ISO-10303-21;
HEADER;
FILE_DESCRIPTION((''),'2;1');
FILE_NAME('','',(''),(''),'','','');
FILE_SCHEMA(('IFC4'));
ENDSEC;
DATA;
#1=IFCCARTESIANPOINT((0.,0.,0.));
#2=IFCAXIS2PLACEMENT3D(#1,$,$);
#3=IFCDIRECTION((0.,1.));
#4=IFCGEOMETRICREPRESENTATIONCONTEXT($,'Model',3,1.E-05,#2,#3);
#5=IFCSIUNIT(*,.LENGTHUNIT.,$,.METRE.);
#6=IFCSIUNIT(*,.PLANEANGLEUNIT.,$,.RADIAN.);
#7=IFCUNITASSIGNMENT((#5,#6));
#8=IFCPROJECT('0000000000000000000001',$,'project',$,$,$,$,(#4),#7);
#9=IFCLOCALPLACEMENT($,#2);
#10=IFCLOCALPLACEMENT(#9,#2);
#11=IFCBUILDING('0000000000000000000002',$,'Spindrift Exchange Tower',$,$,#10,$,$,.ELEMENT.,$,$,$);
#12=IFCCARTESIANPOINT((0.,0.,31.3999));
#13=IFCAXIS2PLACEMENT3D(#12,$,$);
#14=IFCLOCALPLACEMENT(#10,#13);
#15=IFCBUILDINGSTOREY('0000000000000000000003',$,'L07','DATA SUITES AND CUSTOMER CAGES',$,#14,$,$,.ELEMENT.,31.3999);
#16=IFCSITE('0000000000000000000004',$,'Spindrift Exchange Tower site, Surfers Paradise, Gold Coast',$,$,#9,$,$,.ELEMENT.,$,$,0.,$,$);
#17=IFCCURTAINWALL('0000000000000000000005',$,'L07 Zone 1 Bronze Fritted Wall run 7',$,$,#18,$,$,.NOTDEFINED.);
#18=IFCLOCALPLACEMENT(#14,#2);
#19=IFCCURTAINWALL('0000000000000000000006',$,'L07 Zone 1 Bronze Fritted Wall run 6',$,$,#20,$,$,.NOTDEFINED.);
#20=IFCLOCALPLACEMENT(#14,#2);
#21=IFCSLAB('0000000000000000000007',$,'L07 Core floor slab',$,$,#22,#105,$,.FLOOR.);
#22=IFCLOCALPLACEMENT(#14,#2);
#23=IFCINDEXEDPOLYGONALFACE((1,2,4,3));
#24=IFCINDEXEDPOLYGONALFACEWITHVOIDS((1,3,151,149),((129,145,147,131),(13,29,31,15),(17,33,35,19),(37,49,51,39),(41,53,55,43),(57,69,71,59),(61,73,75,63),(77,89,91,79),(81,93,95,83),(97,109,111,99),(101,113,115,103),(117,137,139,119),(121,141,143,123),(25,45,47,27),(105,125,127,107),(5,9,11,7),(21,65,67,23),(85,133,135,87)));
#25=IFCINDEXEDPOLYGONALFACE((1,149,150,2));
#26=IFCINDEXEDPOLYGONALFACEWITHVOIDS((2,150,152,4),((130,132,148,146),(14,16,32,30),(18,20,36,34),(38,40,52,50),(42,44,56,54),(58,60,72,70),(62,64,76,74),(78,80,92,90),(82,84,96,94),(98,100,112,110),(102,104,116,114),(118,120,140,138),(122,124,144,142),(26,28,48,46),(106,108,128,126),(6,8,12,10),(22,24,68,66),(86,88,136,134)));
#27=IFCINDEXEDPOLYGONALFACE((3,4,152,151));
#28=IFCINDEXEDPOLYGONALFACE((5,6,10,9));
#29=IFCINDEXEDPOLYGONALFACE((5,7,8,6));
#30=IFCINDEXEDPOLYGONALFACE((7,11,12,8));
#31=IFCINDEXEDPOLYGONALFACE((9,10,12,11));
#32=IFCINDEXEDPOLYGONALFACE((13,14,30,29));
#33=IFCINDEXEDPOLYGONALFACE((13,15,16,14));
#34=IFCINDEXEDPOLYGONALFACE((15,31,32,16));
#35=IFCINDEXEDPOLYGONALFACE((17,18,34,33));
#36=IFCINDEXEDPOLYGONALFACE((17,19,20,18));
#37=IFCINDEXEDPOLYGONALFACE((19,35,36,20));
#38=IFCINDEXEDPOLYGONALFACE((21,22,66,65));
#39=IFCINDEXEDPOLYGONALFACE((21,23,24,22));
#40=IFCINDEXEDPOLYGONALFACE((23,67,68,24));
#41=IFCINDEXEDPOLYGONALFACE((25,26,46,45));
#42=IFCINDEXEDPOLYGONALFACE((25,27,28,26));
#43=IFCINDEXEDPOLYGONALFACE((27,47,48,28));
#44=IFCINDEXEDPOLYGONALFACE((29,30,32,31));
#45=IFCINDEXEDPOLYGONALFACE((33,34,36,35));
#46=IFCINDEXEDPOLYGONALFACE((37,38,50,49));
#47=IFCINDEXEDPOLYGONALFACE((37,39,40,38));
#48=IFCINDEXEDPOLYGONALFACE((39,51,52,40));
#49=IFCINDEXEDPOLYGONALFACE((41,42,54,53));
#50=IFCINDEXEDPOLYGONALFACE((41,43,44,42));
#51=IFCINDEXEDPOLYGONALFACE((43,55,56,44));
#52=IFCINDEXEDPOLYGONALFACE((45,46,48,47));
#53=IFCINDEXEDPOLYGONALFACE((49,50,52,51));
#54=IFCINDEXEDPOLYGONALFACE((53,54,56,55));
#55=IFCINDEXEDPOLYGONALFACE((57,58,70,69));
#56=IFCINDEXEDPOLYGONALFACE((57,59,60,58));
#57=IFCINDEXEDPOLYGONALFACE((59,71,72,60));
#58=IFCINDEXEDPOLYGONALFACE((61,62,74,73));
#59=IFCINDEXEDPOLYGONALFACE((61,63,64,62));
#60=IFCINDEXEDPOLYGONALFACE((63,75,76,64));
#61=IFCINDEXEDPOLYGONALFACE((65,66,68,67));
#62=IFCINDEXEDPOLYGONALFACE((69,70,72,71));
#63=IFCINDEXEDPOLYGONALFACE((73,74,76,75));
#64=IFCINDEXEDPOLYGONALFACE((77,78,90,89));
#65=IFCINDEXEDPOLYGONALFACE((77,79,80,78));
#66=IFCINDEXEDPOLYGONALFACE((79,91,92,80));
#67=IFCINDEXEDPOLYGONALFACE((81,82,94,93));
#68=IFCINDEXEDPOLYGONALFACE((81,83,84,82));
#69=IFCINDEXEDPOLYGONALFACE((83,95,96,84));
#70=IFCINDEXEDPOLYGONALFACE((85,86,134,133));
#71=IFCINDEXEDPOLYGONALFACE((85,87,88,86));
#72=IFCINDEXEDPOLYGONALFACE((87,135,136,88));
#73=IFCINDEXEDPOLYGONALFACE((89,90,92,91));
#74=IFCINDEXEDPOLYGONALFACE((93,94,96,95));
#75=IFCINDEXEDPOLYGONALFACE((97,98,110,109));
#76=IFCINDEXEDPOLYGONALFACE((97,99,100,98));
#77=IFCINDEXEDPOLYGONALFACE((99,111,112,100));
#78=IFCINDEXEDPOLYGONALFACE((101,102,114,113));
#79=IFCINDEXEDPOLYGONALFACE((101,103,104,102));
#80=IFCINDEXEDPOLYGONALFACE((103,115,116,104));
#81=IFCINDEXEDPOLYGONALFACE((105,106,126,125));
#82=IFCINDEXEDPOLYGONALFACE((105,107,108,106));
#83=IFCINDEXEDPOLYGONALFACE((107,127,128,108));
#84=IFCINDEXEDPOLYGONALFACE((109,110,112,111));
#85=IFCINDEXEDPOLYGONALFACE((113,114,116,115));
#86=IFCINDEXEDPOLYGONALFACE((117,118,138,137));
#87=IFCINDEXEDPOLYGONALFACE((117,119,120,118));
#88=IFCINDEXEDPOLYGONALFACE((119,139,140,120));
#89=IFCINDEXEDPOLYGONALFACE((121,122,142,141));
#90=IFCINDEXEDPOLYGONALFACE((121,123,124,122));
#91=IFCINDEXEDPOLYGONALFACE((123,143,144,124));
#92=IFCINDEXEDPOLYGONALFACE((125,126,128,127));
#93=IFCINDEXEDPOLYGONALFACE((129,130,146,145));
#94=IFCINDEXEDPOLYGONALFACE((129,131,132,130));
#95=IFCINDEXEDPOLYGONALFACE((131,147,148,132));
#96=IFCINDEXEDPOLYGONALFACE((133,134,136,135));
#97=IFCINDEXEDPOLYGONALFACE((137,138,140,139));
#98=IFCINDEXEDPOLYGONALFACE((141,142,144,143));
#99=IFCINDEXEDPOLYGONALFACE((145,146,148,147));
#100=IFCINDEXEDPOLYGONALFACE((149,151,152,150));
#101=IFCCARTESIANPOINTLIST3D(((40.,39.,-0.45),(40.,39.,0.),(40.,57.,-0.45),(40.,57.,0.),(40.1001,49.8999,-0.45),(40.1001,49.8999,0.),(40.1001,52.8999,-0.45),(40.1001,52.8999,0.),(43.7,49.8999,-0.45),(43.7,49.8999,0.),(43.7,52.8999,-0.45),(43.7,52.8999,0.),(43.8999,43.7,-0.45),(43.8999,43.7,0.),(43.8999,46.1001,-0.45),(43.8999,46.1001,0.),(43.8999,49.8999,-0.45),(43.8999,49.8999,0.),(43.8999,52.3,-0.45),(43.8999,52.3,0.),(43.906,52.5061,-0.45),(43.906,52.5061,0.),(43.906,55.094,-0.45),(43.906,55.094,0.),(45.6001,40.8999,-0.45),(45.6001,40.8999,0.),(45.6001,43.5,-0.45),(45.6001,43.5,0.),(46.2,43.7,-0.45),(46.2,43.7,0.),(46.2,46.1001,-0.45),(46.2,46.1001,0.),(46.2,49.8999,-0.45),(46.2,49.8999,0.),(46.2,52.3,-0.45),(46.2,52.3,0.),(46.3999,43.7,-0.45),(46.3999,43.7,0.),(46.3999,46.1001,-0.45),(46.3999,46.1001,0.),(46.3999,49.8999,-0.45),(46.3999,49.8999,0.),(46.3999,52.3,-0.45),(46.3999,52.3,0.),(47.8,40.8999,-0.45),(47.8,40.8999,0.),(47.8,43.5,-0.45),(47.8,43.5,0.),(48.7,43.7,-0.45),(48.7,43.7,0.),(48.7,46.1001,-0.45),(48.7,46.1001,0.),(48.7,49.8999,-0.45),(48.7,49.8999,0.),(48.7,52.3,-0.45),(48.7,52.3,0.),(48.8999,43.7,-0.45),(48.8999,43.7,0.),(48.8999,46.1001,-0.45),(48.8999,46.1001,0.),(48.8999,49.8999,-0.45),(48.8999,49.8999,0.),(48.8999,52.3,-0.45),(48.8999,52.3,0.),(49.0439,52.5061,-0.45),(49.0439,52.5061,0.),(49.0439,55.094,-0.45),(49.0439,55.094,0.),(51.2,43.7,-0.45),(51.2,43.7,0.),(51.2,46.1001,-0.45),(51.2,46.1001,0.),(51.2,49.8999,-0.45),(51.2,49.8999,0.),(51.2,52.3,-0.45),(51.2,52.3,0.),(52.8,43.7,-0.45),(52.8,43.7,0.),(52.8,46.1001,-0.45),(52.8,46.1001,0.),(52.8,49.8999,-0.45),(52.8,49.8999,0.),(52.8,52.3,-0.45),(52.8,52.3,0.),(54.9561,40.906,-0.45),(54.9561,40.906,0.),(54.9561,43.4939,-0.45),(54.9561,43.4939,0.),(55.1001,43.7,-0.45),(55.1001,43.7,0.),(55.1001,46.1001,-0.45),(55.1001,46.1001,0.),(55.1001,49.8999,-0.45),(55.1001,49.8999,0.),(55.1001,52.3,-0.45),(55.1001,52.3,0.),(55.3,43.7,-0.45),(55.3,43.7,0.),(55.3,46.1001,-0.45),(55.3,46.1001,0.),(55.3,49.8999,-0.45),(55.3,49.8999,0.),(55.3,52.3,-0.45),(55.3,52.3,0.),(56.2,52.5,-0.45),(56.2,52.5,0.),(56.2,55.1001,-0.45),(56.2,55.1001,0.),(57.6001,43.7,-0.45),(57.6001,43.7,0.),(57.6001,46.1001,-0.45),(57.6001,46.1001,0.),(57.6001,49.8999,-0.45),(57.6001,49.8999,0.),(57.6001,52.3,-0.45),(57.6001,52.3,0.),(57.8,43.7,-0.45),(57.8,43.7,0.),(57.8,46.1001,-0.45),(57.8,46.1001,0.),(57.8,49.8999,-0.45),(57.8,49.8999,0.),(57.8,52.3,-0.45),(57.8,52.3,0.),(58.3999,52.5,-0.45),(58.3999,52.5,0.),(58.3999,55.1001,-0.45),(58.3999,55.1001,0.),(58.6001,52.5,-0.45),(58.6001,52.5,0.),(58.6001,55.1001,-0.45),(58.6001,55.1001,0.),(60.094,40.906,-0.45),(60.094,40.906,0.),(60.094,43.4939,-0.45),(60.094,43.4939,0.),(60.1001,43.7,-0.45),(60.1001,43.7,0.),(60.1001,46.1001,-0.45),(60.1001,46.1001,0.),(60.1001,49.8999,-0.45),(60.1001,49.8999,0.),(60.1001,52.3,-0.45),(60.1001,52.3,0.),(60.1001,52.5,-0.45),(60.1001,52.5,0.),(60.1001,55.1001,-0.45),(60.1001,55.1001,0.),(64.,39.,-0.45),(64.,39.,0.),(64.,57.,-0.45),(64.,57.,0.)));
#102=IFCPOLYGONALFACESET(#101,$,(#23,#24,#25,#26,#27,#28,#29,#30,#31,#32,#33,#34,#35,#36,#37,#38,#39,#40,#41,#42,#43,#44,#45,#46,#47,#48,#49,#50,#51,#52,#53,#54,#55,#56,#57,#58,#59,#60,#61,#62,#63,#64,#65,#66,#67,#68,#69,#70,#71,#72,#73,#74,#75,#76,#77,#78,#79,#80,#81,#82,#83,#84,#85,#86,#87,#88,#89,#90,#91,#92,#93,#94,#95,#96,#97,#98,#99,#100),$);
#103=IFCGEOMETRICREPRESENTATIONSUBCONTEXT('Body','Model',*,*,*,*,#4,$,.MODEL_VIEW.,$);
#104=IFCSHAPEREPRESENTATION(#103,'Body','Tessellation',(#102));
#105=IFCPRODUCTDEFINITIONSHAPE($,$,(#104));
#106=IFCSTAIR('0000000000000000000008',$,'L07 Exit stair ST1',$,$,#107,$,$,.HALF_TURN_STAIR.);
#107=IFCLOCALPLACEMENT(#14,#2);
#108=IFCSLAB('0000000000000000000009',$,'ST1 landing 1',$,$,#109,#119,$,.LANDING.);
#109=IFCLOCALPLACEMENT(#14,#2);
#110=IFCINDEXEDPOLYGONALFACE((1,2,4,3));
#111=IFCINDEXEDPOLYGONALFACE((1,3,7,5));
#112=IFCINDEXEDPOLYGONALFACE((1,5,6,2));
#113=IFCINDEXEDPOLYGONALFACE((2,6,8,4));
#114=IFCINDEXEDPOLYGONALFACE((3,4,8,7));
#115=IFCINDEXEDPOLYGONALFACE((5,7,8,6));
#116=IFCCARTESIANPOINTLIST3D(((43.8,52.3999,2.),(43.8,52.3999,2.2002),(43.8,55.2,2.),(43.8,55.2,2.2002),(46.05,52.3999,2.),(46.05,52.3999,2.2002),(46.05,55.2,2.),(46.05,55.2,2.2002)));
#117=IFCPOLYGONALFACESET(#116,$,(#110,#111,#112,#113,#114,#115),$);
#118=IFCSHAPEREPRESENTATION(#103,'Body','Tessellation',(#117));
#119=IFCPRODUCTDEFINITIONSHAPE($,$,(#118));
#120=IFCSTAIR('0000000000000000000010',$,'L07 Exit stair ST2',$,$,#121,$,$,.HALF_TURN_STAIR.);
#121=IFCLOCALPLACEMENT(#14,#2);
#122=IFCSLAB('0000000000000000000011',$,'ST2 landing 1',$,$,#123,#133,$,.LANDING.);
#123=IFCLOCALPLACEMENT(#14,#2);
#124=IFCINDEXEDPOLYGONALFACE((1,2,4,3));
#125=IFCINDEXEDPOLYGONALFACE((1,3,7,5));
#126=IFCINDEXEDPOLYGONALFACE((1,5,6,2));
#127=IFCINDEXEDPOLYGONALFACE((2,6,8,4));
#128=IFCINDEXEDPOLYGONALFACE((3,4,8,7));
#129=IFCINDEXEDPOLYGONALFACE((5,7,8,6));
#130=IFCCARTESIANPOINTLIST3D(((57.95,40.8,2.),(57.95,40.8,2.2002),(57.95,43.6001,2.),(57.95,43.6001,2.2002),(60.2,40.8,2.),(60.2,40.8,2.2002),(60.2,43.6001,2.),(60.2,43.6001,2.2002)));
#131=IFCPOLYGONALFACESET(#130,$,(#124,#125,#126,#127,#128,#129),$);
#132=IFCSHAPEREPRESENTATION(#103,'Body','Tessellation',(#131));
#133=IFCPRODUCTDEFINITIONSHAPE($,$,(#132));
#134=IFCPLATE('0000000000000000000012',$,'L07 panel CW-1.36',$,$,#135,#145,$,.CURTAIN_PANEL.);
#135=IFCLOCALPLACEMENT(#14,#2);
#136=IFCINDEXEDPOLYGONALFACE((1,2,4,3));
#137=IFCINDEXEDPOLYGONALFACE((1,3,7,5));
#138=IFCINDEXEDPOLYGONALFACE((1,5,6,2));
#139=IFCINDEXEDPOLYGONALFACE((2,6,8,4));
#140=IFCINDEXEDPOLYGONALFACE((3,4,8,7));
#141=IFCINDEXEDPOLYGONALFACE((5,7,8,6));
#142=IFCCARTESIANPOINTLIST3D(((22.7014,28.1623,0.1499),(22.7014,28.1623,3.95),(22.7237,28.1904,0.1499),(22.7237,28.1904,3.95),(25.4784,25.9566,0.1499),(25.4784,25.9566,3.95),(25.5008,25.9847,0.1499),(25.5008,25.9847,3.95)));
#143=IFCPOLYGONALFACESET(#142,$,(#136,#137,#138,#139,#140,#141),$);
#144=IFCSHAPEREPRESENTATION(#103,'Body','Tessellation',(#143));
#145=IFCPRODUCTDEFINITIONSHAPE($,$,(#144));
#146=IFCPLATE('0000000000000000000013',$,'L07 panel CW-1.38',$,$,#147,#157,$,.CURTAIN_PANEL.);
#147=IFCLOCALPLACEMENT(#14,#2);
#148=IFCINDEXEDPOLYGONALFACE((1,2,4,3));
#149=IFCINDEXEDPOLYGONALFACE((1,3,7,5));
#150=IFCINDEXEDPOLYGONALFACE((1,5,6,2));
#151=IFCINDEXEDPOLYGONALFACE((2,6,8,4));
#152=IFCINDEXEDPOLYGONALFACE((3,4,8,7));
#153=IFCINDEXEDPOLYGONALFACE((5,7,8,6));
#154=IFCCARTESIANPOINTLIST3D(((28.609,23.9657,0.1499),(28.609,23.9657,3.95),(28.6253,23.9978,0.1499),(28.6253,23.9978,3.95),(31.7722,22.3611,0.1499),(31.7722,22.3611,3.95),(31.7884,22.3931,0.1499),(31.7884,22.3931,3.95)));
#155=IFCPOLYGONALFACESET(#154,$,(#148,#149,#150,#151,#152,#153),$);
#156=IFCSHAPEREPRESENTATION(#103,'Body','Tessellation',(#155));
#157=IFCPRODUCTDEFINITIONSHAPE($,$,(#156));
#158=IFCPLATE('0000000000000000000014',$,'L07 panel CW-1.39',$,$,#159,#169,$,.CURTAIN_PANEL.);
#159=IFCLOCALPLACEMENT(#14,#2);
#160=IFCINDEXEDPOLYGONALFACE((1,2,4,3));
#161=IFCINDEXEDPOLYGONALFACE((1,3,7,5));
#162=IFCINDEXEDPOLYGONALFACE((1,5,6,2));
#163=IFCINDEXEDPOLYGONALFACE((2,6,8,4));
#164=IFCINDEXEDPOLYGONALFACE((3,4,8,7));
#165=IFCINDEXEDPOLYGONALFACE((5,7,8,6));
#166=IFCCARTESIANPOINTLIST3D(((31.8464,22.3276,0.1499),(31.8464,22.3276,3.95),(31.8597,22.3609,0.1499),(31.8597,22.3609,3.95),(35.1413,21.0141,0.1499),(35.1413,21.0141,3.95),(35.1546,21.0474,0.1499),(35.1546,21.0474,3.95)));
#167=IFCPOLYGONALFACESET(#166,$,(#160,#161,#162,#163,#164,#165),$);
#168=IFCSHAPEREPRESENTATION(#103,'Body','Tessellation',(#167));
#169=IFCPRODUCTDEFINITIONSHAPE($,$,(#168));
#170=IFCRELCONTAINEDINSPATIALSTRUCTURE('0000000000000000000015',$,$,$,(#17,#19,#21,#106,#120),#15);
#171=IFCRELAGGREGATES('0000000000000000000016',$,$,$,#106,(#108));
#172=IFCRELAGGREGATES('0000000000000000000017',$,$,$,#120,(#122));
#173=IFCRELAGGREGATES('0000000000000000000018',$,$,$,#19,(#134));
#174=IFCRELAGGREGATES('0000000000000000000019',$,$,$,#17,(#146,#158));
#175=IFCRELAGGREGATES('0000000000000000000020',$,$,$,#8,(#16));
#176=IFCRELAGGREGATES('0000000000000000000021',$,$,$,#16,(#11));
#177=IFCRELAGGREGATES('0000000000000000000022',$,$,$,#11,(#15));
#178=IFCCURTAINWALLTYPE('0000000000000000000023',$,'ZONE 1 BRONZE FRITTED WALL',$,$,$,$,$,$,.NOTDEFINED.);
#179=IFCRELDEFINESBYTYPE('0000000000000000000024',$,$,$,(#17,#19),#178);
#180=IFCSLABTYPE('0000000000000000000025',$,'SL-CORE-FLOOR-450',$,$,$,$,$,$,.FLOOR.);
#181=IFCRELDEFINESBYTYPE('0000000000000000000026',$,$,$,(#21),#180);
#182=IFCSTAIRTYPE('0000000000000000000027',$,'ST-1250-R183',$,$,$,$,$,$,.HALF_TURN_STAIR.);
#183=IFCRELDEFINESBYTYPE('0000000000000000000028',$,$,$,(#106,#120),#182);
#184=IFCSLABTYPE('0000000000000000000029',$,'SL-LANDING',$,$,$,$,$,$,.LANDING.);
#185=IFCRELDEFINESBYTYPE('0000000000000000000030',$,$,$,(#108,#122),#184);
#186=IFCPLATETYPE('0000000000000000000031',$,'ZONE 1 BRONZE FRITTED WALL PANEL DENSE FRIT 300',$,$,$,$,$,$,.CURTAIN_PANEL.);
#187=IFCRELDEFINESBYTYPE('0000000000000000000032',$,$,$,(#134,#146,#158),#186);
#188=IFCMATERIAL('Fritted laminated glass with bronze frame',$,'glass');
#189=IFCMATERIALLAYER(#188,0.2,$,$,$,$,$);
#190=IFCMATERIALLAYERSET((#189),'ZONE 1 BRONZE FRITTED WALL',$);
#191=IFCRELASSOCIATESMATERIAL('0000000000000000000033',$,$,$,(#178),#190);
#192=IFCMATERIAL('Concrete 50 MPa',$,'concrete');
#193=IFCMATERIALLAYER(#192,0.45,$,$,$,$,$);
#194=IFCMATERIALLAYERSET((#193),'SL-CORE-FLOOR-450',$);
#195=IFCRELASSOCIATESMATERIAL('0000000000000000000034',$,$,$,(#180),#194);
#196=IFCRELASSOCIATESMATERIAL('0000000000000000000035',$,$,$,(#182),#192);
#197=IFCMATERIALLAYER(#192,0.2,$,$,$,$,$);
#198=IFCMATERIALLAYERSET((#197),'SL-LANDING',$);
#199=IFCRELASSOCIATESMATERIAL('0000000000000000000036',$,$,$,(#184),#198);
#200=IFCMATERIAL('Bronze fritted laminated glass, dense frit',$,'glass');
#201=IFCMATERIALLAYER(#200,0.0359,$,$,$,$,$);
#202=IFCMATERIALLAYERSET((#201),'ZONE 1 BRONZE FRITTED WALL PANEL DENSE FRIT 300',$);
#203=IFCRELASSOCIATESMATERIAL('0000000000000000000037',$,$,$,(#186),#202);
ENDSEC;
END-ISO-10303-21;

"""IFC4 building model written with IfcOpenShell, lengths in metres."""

from ifc_helpers import new_model, si_unit, direction, frame, origin, origin_2d, place, context, subcontext, project, spatial, line, indexed_curve, rectangle, outline, extrude, source, transform, mapped, material, layer, layer_set, type_object, element, aggregate, save


model = new_model("IFC4")

# Units and contexts
model_context = context("Model", 3, precision=1e-05, world=origin(), true_north=direction((0.0, 1.0)))
body_context = subcontext(model_context, "Body", "Model", "MODEL_VIEW")
ifc_project = project(units=[si_unit("LENGTHUNIT", "METRE"), si_unit("PLANEANGLEUNIT", "RADIAN")], contexts=[model_context])

# Site, building, storey
site_placement = place(None, origin())
site = spatial("IfcSite", under=ifc_project, at=site_placement, Name="Spindrift Exchange Tower site, Surfers Paradise, Gold Coast", CompositionType="ELEMENT", RefElevation=0.0)
building_placement = place(site_placement, origin())
building = spatial("IfcBuilding", under=site, at=building_placement, Name="Spindrift Exchange Tower", CompositionType="ELEMENT")
storey_placement = place(building_placement, frame((0.0, 0.0, 31.3999)))
storey = spatial("IfcBuildingStorey", under=building, at=storey_placement, Name="L07", Description="DATA SUITES AND CUSTOMER CAGES", CompositionType="ELEMENT", Elevation=31.3999)

# Curtain wall
ifc_material_1 = material(Name="Fritted laminated glass with bronze frame", Category="glass")
ifc_layer_1 = layer(ifc_material_1, 0.2)
ifc_layer_set_1 = layer_set([ifc_layer_1], Name="ZONE 1 BRONZE FRITTED WALL")
curtain_wall_type = type_object("IfcCurtainWallType", Name="ZONE 1 BRONZE FRITTED WALL", PredefinedType="NOTDEFINED", material=ifc_layer_set_1)
curtain_wall_1_placement = place(storey_placement, origin())
curtain_wall_1 = element("IfcCurtainWall", 1, at=curtain_wall_1_placement, inside=storey, type_object=curtain_wall_type, Name="L07 Zone 1 Bronze Fritted Wall run 7", PredefinedType="NOTDEFINED")

# Curtain wall
curtain_wall_2_placement = place(storey_placement, origin())
curtain_wall_2 = element("IfcCurtainWall", 2, at=curtain_wall_2_placement, inside=storey, type_object=curtain_wall_type, Name="L07 Zone 1 Bronze Fritted Wall run 6", PredefinedType="NOTDEFINED")

# Slab
ifc_material_2 = material(Name="Concrete 50 MPa", Category="concrete")
ifc_layer_2 = layer(ifc_material_2, 0.45)
ifc_layer_set_2 = layer_set([ifc_layer_2], Name="SL-CORE-FLOOR-450")
slab_type_1 = type_object("IfcSlabType", Name="SL-CORE-FLOOR-450", PredefinedType="FLOOR", material=ifc_layer_set_2)
slab_1_placement = place(storey_placement, frame((0.0, 0.0, -0.45)))
element("IfcSlab", 3, at=slab_1_placement, inside=storey, type_object=slab_type_1, Name="L07 Core floor slab", PredefinedType="FLOOR", context=body_context, shape_type="SweptSolid", body=[
    extrude(outline(indexed_curve([(40.0, 39.0), (40.0, 57.0), (64.0, 57.0), (64.0, 39.0)], segments=[line(1, 2, 3, 4, 1)], self_intersect=False), holes=[indexed_curve([(47.8, 43.5), (45.6001, 43.5), (45.6001, 40.8999), (47.8, 40.8999)], segments=[line(1, 2, 3, 4, 1)], self_intersect=False), indexed_curve([(46.2, 46.1001), (43.8999, 46.1001), (43.8999, 43.7), (46.2, 43.7)], segments=[line(1, 2, 3, 4, 1)], self_intersect=False), indexed_curve([(48.7, 46.1001), (46.3999, 46.1001), (46.3999, 43.7), (48.7, 43.7)], segments=[line(1, 2, 3, 4, 1)], self_intersect=False), indexed_curve([(51.2, 46.1001), (48.8999, 46.1001), (48.8999, 43.7), (51.2, 43.7)], segments=[line(1, 2, 3, 4, 1)], self_intersect=False), indexed_curve([(46.2, 52.3), (43.8999, 52.3), (43.8999, 49.8999), (46.2, 49.8999)], segments=[line(1, 2, 3, 4, 1)], self_intersect=False), indexed_curve([(48.7, 52.3), (46.3999, 52.3), (46.3999, 49.8999), (48.7, 49.8999)], segments=[line(1, 2, 3, 4, 1)], self_intersect=False), indexed_curve([(51.2, 52.3), (48.8999, 52.3), (48.8999, 49.8999), (51.2, 49.8999)], segments=[line(1, 2, 3, 4, 1)], self_intersect=False), indexed_curve([(43.7, 49.8999), (43.7, 52.8999), (40.1001, 52.8999), (40.1001, 49.8999)], segments=[line(1, 2, 3, 4, 1)], self_intersect=False), indexed_curve([(49.0439, 55.094), (43.906, 55.094), (43.906, 52.5061), (49.0439, 52.5061)], segments=[line(1, 2, 3, 4, 1)], self_intersect=False), indexed_curve([(60.094, 40.906), (60.094, 43.4939), (54.9561, 43.4939), (54.9561, 40.906)], segments=[line(1, 2, 3, 4, 1)], self_intersect=False), indexed_curve([(55.1001, 46.1001), (52.8, 46.1001), (52.8, 43.7), (55.1001, 43.7)], segments=[line(1, 2, 3, 4, 1)], self_intersect=False), indexed_curve([(57.6001, 46.1001), (55.3, 46.1001), (55.3, 43.7), (57.6001, 43.7)], segments=[line(1, 2, 3, 4, 1)], self_intersect=False), indexed_curve([(60.1001, 46.1001), (57.8, 46.1001), (57.8, 43.7), (60.1001, 43.7)], segments=[line(1, 2, 3, 4, 1)], self_intersect=False), indexed_curve([(55.1001, 52.3), (52.8, 52.3), (52.8, 49.8999), (55.1001, 49.8999)], segments=[line(1, 2, 3, 4, 1)], self_intersect=False), indexed_curve([(57.6001, 52.3), (55.3, 52.3), (55.3, 49.8999), (57.6001, 49.8999)], segments=[line(1, 2, 3, 4, 1)], self_intersect=False), indexed_curve([(60.1001, 52.3), (57.8, 52.3), (57.8, 49.8999), (60.1001, 49.8999)], segments=[line(1, 2, 3, 4, 1)], self_intersect=False), indexed_curve([(58.3999, 52.5), (58.3999, 55.1001), (56.2, 55.1001), (56.2, 52.5)], segments=[line(1, 2, 3, 4, 1)], self_intersect=False), indexed_curve([(60.1001, 52.5), (60.1001, 55.1001), (58.6001, 55.1001), (58.6001, 52.5)], segments=[line(1, 2, 3, 4, 1)], self_intersect=False)]), origin(), (0.0, 0.0, 1.0), 0.45),
])

# Stairs, slabs
stair_type = type_object("IfcStairType", Name="ST-1250-R183", PredefinedType="HALF_TURN_STAIR", material=ifc_material_2)
stair_1_placement = place(storey_placement, origin())
stair_1 = element("IfcStair", 4, at=stair_1_placement, inside=storey, type_object=stair_type, Name="L07 Exit stair ST1", PredefinedType="HALF_TURN_STAIR")
ifc_layer_3 = layer(ifc_material_2, 0.2)
ifc_layer_set_3 = layer_set([ifc_layer_3], Name="SL-LANDING")
slab_type_2 = type_object("IfcSlabType", Name="SL-LANDING", PredefinedType="LANDING", material=ifc_layer_set_3)
slab_2_placement = place(storey_placement, frame((0.0, 0.0, 2.0)))
slab_2 = element("IfcSlab", 5, at=slab_2_placement, type_object=slab_type_2, Name="ST1 landing 1", PredefinedType="LANDING", context=body_context, shape_type="SweptSolid", body=[
    extrude(outline(indexed_curve([(46.05, 52.3999), (43.8, 52.3999), (43.8, 55.2), (46.05, 55.2)], segments=[line(1, 2, 3, 4, 1)], self_intersect=False)), origin(), (0.0, 0.0, 1.0), 0.2002),
])
aggregate(stair_1, [slab_2])
stair_2_placement = place(storey_placement, origin())
stair_2 = element("IfcStair", 6, at=stair_2_placement, inside=storey, type_object=stair_type, Name="L07 Exit stair ST2", PredefinedType="HALF_TURN_STAIR")
slab_3_placement = place(storey_placement, frame((0.0, 0.0, 2.0)))
slab_3 = element("IfcSlab", 7, at=slab_3_placement, type_object=slab_type_2, Name="ST2 landing 1", PredefinedType="LANDING", context=body_context, shape_type="SweptSolid", body=[
    extrude(outline(indexed_curve([(57.95, 43.6001), (60.2, 43.6001), (60.2, 40.8), (57.95, 40.8)], segments=[line(1, 2, 3, 4, 1)], self_intersect=False)), origin(), (0.0, 0.0, 1.0), 0.2002),
])
aggregate(stair_2, [slab_3])

# Plates
ifc_material_3 = material(Name="Bronze fritted laminated glass, dense frit", Category="glass")
ifc_layer_4 = layer(ifc_material_3, 0.0359)
ifc_layer_set_4 = layer_set([ifc_layer_4], Name="ZONE 1 BRONZE FRITTED WALL PANEL DENSE FRIT 300")
plate_type_1 = type_object("IfcPlateType", Name="ZONE 1 BRONZE FRITTED WALL PANEL DENSE FRIT 300", PredefinedType="CURTAIN_PANEL", material=ifc_layer_set_4)
shared_shape_1 = source(origin(), body_context, "Body", "SweptSolid", [
    extrude(rectangle(XDim=3.5464, YDim=0.0359, at=origin_2d()), origin(), (0.0, 0.0, 1.0), 3.8),
])
plate_1_placement = place(storey_placement, frame((24.1011, 27.0735, 0.1499), z_axis=(0.0, 0.0, 1.0), x_axis=(0.783064, -0.621941, 0.0)))
plate_1 = element("IfcPlate", 8, at=plate_1_placement, type_object=plate_type_1, Name="L07 panel CW-1.36", PredefinedType="CURTAIN_PANEL", context=body_context, shape_type="MappedRepresentation", body=[
    mapped(shared_shape_1, transform((0.0, 0.0, 0.0), scale=1.0)),
])
shared_shape_2 = source(origin(), body_context, "Body", "SweptSolid", [
    extrude(rectangle(XDim=3.5469, YDim=0.0359, at=origin_2d()), origin(), (0.0, 0.0, 1.0), 3.8),
])
plate_2_placement = place(storey_placement, frame((30.1987, 23.1794, 0.1499), z_axis=(0.0, 0.0, 1.0), x_axis=(0.891815, -0.4524, 0.0)))
plate_2 = element("IfcPlate", 9, at=plate_2_placement, type_object=plate_type_1, Name="L07 panel CW-1.38", PredefinedType="CURTAIN_PANEL", context=body_context, shape_type="MappedRepresentation", body=[
    mapped(shared_shape_2, transform((0.0, 0.0, 0.0), scale=1.0)),
])
shared_shape_3 = source(origin(), body_context, "Body", "SweptSolid", [
    extrude(rectangle(XDim=3.5471, YDim=0.0359, at=origin_2d()), origin(), (0.0, 0.0, 1.0), 3.8),
])
plate_3_placement = place(storey_placement, frame((33.5005, 21.6875, 0.1499), z_axis=(0.0, 0.0, 1.0), x_axis=(0.928912, -0.370301, 0.0)))
plate_3 = element("IfcPlate", 10, at=plate_3_placement, type_object=plate_type_1, Name="L07 panel CW-1.39", PredefinedType="CURTAIN_PANEL", context=body_context, shape_type="MappedRepresentation", body=[
    mapped(shared_shape_3, transform((0.0, 0.0, 0.0), scale=1.0)),
])
aggregate(curtain_wall_2, [plate_1])
aggregate(curtain_wall_1, [plate_2, plate_3])

save(model, "model.ifc")
